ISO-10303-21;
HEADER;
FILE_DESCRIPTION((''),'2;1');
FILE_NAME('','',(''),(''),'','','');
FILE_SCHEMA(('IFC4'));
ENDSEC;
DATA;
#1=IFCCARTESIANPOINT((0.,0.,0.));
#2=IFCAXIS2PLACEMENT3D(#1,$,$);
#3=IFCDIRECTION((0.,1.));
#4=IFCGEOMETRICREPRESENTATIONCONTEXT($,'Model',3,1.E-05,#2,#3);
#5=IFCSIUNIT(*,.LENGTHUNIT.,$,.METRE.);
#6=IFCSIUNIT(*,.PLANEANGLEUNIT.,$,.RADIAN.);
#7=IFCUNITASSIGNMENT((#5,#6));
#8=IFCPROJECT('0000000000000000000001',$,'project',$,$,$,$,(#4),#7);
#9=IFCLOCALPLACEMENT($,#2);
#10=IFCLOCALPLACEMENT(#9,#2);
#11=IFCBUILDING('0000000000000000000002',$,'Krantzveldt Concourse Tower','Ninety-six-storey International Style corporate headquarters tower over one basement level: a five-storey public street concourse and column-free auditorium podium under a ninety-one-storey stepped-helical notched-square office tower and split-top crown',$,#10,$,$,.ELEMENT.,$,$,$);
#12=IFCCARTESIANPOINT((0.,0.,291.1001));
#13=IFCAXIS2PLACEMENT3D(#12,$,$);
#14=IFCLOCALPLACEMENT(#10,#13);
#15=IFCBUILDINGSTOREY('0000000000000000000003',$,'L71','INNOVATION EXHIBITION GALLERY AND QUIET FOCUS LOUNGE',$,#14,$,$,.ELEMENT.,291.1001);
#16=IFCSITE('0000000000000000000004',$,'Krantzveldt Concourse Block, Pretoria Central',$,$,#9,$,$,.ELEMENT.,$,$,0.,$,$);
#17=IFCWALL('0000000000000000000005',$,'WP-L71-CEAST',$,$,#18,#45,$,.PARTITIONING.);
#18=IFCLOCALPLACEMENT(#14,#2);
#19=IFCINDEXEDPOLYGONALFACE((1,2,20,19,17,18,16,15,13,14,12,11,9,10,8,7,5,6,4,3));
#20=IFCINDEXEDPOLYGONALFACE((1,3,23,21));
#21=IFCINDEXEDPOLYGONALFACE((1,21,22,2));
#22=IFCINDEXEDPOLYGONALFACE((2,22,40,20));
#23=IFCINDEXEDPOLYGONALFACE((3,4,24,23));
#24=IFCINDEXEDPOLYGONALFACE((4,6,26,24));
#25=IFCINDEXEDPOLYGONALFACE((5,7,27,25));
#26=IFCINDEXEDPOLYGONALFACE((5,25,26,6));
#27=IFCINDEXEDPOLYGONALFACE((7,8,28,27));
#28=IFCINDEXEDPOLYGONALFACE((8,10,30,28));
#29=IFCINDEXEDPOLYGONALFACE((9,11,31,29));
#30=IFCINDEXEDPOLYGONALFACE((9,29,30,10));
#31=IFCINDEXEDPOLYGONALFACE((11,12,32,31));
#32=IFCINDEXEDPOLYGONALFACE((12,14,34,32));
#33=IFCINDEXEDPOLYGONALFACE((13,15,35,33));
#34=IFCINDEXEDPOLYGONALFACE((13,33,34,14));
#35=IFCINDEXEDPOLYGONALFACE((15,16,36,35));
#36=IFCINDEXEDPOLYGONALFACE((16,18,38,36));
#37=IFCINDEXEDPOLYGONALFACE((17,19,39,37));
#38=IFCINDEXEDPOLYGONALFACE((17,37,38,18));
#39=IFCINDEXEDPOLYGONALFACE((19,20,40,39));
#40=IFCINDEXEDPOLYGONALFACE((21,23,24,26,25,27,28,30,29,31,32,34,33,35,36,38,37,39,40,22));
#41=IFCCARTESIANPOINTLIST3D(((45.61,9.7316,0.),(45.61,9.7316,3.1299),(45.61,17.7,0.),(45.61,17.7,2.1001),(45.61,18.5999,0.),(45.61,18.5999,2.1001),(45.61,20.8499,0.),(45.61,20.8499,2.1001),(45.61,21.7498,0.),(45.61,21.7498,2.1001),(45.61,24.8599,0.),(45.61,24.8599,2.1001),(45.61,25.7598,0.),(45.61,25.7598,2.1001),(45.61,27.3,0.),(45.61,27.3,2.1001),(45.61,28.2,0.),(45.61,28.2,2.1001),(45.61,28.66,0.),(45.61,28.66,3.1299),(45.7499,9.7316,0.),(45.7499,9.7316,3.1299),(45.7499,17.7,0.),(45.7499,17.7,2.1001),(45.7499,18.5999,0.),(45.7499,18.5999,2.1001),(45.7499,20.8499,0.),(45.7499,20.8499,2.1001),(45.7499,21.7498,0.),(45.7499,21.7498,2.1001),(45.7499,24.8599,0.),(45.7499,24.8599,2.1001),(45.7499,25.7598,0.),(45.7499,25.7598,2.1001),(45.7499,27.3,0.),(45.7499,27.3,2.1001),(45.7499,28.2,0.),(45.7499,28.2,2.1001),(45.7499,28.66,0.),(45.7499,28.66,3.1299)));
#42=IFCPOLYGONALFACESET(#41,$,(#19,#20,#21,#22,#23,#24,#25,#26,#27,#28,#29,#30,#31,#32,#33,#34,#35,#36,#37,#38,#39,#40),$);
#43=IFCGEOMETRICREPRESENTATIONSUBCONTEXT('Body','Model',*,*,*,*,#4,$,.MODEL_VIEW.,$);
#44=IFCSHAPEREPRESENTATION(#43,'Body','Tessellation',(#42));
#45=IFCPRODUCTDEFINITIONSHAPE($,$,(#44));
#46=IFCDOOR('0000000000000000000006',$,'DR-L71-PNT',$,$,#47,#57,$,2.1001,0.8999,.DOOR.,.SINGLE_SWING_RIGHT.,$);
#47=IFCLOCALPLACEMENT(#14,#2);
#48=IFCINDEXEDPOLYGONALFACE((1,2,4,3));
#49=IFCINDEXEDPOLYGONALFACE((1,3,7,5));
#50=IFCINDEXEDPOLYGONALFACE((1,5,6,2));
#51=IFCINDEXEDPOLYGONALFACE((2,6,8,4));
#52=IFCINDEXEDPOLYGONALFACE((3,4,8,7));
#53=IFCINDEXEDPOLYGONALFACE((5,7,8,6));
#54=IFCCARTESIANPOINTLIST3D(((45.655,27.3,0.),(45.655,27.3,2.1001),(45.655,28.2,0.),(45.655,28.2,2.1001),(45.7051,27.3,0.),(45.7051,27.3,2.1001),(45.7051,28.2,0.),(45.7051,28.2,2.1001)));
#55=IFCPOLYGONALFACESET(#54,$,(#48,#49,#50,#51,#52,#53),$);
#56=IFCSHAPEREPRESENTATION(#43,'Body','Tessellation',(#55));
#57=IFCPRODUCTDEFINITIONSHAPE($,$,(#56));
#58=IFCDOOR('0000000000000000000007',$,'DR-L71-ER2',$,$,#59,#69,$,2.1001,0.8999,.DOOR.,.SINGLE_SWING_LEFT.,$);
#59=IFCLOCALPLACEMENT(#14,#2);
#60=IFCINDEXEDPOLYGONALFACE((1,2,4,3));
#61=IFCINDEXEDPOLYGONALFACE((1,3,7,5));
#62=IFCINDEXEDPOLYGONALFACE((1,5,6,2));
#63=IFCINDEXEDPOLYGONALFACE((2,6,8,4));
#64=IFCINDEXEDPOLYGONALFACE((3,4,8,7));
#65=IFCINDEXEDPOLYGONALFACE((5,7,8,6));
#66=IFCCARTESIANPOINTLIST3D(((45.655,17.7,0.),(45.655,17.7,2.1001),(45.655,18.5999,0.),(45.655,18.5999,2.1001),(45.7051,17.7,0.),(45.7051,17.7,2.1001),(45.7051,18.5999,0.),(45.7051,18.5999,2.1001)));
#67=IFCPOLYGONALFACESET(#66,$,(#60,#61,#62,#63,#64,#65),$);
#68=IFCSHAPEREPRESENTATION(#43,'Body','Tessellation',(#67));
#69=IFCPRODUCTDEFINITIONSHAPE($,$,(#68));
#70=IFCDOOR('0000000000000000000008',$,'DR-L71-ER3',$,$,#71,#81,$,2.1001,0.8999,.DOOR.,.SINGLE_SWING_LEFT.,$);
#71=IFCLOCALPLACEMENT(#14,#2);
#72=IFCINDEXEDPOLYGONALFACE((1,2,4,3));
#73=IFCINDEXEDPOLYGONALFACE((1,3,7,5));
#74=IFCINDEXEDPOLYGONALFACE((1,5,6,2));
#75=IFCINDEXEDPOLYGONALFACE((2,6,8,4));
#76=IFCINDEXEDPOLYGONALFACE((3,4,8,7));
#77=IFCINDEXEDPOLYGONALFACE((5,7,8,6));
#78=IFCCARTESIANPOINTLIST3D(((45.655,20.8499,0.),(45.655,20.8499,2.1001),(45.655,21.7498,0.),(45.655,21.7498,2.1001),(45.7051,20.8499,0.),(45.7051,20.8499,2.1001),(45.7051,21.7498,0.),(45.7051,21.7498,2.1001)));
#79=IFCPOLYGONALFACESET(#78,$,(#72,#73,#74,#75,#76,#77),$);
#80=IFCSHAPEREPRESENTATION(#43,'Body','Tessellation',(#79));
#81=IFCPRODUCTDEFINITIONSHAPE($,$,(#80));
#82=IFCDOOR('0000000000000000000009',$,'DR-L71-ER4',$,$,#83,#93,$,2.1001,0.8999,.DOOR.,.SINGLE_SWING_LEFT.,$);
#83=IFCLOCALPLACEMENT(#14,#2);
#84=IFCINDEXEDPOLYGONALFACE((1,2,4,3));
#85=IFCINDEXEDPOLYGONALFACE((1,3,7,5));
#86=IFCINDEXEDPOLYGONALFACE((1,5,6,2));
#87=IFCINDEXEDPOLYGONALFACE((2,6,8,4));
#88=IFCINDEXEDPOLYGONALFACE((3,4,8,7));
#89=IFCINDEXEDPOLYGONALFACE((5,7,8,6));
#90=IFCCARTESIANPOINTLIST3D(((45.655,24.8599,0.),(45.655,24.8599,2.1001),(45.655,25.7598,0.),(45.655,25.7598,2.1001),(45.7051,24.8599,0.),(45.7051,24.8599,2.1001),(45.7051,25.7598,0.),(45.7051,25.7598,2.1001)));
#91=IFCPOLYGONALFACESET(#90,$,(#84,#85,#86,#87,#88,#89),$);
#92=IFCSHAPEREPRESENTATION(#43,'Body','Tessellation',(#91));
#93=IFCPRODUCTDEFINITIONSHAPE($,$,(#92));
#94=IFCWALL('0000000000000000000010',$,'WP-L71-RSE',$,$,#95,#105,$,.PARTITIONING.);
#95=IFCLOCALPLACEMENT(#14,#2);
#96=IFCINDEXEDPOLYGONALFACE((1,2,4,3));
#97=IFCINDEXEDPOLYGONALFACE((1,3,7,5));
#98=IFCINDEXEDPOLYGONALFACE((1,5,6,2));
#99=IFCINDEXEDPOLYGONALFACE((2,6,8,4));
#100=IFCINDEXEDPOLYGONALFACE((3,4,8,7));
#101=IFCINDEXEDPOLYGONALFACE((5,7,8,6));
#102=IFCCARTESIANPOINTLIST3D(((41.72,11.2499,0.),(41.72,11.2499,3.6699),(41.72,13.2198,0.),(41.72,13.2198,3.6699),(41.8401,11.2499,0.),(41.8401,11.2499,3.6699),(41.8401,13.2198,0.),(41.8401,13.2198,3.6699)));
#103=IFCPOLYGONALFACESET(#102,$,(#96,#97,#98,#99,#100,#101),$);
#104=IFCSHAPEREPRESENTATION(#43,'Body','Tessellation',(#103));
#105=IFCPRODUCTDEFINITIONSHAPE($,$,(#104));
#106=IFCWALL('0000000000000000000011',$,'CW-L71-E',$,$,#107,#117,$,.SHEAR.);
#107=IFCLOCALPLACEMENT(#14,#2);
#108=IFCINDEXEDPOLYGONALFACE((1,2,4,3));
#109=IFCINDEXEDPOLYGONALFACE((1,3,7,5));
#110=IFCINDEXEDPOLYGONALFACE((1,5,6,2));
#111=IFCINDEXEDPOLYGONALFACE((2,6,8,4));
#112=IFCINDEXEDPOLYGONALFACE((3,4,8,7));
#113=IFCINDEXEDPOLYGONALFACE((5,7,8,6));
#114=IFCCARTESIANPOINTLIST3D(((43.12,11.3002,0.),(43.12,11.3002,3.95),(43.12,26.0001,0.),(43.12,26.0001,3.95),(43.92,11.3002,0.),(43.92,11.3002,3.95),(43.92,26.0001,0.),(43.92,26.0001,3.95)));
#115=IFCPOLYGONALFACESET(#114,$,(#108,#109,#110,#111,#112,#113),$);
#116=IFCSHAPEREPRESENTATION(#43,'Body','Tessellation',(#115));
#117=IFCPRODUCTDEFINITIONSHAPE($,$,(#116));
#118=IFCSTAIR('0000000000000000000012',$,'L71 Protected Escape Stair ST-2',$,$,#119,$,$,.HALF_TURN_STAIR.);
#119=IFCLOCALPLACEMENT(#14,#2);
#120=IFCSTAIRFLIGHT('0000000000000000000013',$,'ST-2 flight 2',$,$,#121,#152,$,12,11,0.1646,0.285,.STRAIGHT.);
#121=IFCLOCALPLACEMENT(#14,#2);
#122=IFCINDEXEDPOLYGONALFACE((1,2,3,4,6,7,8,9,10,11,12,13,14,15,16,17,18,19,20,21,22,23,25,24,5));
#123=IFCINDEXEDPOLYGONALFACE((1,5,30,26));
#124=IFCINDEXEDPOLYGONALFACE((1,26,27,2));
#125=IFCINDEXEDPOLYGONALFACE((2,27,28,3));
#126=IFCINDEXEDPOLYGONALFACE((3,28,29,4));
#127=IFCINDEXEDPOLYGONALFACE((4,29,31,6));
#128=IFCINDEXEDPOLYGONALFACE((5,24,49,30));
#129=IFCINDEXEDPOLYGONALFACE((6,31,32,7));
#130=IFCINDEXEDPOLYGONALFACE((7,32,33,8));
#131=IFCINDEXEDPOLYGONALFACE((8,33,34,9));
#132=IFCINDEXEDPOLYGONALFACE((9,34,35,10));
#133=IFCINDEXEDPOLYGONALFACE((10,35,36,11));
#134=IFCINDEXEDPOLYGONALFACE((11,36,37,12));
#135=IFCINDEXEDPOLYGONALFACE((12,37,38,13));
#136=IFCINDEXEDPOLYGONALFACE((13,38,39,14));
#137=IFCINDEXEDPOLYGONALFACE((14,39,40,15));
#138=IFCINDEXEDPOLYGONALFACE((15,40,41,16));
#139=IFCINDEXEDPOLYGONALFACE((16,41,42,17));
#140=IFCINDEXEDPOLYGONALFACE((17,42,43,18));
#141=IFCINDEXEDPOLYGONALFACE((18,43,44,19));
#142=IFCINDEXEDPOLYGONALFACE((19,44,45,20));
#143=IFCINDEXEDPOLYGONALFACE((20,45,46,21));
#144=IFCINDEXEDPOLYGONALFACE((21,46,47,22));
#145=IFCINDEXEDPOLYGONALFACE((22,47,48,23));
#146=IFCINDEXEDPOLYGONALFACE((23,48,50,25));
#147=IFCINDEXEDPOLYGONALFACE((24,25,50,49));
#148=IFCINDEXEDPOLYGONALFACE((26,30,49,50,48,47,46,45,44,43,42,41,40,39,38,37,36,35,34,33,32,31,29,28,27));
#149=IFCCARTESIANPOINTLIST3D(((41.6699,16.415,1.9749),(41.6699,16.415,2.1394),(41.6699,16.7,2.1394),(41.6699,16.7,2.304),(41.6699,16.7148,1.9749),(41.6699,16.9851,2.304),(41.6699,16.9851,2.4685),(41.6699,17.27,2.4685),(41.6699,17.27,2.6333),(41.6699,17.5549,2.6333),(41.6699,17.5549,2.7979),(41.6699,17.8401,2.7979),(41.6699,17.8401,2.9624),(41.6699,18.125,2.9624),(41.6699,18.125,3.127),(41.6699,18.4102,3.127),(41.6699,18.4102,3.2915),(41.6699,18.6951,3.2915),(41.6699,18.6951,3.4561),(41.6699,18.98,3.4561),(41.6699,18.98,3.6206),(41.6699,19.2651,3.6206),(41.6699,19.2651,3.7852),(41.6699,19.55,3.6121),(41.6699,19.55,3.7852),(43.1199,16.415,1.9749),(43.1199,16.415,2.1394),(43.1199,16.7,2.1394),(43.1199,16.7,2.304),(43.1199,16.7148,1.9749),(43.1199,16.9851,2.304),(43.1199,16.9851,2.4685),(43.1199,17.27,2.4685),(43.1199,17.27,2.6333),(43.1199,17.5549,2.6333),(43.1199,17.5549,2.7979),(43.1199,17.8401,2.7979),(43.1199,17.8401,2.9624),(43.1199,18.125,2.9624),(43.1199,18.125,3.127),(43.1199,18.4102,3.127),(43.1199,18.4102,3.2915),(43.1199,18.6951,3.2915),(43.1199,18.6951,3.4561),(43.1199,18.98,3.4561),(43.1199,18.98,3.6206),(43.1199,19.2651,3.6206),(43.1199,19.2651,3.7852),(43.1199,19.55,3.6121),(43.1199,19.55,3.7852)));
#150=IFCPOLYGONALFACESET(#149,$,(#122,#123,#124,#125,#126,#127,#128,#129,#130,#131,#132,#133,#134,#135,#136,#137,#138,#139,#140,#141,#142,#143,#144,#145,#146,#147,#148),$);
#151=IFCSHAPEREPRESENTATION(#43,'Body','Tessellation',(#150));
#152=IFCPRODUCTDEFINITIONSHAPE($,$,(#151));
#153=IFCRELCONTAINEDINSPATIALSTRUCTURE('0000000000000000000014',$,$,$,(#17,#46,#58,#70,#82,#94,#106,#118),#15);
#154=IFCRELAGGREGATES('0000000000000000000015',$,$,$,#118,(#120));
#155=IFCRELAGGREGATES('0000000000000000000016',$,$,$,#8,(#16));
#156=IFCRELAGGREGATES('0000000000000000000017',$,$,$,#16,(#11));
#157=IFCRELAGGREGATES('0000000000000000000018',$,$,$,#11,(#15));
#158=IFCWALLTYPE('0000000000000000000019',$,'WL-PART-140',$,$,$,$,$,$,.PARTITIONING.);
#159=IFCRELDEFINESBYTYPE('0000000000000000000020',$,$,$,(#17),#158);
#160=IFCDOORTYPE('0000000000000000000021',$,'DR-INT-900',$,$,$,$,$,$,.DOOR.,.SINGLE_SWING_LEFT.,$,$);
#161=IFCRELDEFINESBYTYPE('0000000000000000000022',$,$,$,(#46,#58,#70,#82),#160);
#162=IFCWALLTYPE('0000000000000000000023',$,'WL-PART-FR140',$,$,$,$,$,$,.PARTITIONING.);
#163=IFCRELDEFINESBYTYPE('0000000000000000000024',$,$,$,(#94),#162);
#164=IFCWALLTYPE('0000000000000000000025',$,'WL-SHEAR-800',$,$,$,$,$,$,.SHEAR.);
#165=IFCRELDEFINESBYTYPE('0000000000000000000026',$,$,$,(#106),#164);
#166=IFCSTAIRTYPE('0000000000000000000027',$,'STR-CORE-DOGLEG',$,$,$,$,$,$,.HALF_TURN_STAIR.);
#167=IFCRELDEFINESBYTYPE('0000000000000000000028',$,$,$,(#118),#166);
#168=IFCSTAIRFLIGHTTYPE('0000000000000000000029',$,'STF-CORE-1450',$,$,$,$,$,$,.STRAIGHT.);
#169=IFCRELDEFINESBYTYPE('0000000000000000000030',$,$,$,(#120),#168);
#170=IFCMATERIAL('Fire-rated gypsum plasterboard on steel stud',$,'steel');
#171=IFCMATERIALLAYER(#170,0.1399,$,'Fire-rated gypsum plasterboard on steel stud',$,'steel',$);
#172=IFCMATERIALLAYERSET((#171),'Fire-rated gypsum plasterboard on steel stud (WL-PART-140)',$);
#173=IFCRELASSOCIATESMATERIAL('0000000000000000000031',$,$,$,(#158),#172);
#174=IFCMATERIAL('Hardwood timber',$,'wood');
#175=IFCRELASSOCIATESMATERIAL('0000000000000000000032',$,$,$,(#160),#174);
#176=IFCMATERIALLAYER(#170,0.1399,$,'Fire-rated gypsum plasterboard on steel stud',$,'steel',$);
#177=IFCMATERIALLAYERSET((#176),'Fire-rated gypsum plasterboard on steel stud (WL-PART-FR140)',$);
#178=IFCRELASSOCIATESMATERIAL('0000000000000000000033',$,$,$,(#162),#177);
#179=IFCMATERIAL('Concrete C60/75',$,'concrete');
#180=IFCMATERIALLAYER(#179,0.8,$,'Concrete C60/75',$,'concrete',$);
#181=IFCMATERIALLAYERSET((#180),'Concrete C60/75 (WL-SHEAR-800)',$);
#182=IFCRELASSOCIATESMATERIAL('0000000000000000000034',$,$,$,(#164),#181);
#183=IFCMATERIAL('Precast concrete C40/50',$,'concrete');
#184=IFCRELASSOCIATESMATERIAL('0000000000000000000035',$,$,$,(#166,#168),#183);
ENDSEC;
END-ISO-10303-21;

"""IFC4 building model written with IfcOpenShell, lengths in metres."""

from ifc_helpers import new_model, si_unit, direction, frame, frame_2d, origin, place, context, subcontext, project, spatial, polyline, rectangle, outline, extrude, material, layer, layer_set, type_object, element, fill, aggregate, save


model = new_model("IFC4")

# Units and contexts
model_context = context("Model", 3, precision=1e-05, world=origin(), true_north=direction((0.0, 1.0)))
body_context = subcontext(model_context, "Body", "Model", "MODEL_VIEW")
ifc_project = project(units=[si_unit("LENGTHUNIT", "METRE"), si_unit("PLANEANGLEUNIT", "RADIAN")], contexts=[model_context])

# Site, building, storey
site_placement = place(None, origin())
site = spatial("IfcSite", under=ifc_project, at=site_placement, Name="Krantzveldt Concourse Block, Pretoria Central", CompositionType="ELEMENT", RefElevation=0.0)
building_placement = place(site_placement, origin())
building = spatial("IfcBuilding", under=site, at=building_placement, Name="Krantzveldt Concourse Tower", Description="Ninety-six-storey International Style corporate headquarters tower over one basement level: a five-storey public street concourse and column-free auditorium podium under a ninety-one-storey stepped-helical notched-square office tower and split-top crown", CompositionType="ELEMENT")
storey_placement = place(building_placement, frame((0.0, 0.0, 291.1001)))
storey = spatial("IfcBuildingStorey", under=building, at=storey_placement, Name="L71", Description="INNOVATION EXHIBITION GALLERY AND QUIET FOCUS LOUNGE", CompositionType="ELEMENT", Elevation=291.1001)

# Shared definitions
ifc_material_1 = material(Name="Fire-rated gypsum plasterboard on steel stud", Category="steel")

# Wall, openings, doors
ifc_layer_1 = layer(ifc_material_1, 0.1399, Name="Fire-rated gypsum plasterboard on steel stud", Category="steel")
ifc_layer_set_1 = layer_set([ifc_layer_1], Name="Fire-rated gypsum plasterboard on steel stud (WL-PART-140)")
wall_type_1 = type_object("IfcWallType", Name="WL-PART-140", PredefinedType="PARTITIONING", material=ifc_layer_set_1)
wall_1_placement = place(storey_placement, frame((45.6799, 9.7314, 0.0), z_axis=(0.0, 0.0, 1.0), x_axis=(0.0, 1.0, 0.0)))
wall_1 = element("IfcWall", 1, at=wall_1_placement, inside=storey, type_object=wall_type_1, Name="WP-L71-CEAST", PredefinedType="PARTITIONING", context=body_context, shape_type="SweptSolid", body=[
    extrude(rectangle(XDim=18.9285, YDim=0.1399, at=frame_2d((9.4644, 0.0))), origin(), (0.0, 0.0, 1.0), 3.1299),
])
opening_1_placement = place(wall_1_placement, frame((17.5686, 0.0, 0.0)))
opening_1 = element("IfcOpeningElement", 2, at=opening_1_placement, cuts=wall_1, PredefinedType="OPENING", context=body_context, shape_type="SweptSolid", body=[
    extrude(rectangle(XDim=0.8999, YDim=2.1001, at=frame_2d((0.45, 1.05))), frame((0.0, 0.0801, 0.0), z_axis=(0.0, -1.0, 0.0), x_axis=(1.0, 0.0, 0.0)), (0.0, 0.0, 1.0), 0.1599),
])
opening_2_placement = place(wall_1_placement, frame((7.9685, 0.0, 0.0)))
opening_2 = element("IfcOpeningElement", 3, at=opening_2_placement, cuts=wall_1, PredefinedType="OPENING", context=body_context, shape_type="SweptSolid", body=[
    extrude(rectangle(XDim=0.8999, YDim=2.1001, at=frame_2d((0.45, 1.05))), frame((0.0, 0.0801, 0.0), z_axis=(0.0, -1.0, 0.0), x_axis=(1.0, 0.0, 0.0)), (0.0, 0.0, 1.0), 0.1599),
])
opening_3_placement = place(wall_1_placement, frame((11.1184, 0.0, 0.0)))
opening_3 = element("IfcOpeningElement", 4, at=opening_3_placement, cuts=wall_1, PredefinedType="OPENING", context=body_context, shape_type="SweptSolid", body=[
    extrude(rectangle(XDim=0.8999, YDim=2.1001, at=frame_2d((0.45, 1.05))), frame((0.0, 0.0801, 0.0), z_axis=(0.0, -1.0, 0.0), x_axis=(1.0, 0.0, 0.0)), (0.0, 0.0, 1.0), 0.1599),
])
opening_4_placement = place(wall_1_placement, frame((15.1284, 0.0, 0.0)))
opening_4 = element("IfcOpeningElement", 5, at=opening_4_placement, cuts=wall_1, PredefinedType="OPENING", context=body_context, shape_type="SweptSolid", body=[
    extrude(rectangle(XDim=0.8999, YDim=2.1001, at=frame_2d((0.45, 1.05))), frame((0.0, 0.0801, 0.0), z_axis=(0.0, -1.0, 0.0), x_axis=(1.0, 0.0, 0.0)), (0.0, 0.0, 1.0), 0.1599),
])
ifc_material_2 = material(Name="Hardwood timber", Category="wood")
door_type = type_object("IfcDoorType", Name="DR-INT-900", OperationType="SINGLE_SWING_LEFT", PredefinedType="DOOR", material=ifc_material_2)
door_1_placement = place(opening_1_placement, origin())
door_1 = element("IfcDoor", 6, at=door_1_placement, inside=storey, type_object=door_type, Name="DR-L71-PNT", OperationType="SINGLE_SWING_RIGHT", OverallHeight=2.1001, OverallWidth=0.8999, PredefinedType="DOOR", context=body_context, shape_type="SweptSolid", body=[
    extrude(rectangle(XDim=0.8999, YDim=2.1001, at=frame_2d((0.45, 1.05))), frame((0.0, 0.0249, 0.0), z_axis=(0.0, -1.0, 0.0), x_axis=(1.0, 0.0, 0.0)), (0.0, 0.0, 1.0), 0.05),
])
fill(opening_1, door_1)
door_2_placement = place(opening_2_placement, origin())
door_2 = element("IfcDoor", 7, at=door_2_placement, inside=storey, type_object=door_type, Name="DR-L71-ER2", OperationType="SINGLE_SWING_LEFT", OverallHeight=2.1001, OverallWidth=0.8999, PredefinedType="DOOR", context=body_context, shape_type="SweptSolid", body=[
    extrude(rectangle(XDim=0.8999, YDim=2.1001, at=frame_2d((0.45, 1.05))), frame((0.0, 0.0249, 0.0), z_axis=(0.0, -1.0, 0.0), x_axis=(1.0, 0.0, 0.0)), (0.0, 0.0, 1.0), 0.05),
])
fill(opening_2, door_2)
door_3_placement = place(opening_3_placement, origin())
door_3 = element("IfcDoor", 8, at=door_3_placement, inside=storey, type_object=door_type, Name="DR-L71-ER3", OperationType="SINGLE_SWING_LEFT", OverallHeight=2.1001, OverallWidth=0.8999, PredefinedType="DOOR", context=body_context, shape_type="SweptSolid", body=[
    extrude(rectangle(XDim=0.8999, YDim=2.1001, at=frame_2d((0.45, 1.05))), frame((0.0, 0.0249, 0.0), z_axis=(0.0, -1.0, 0.0), x_axis=(1.0, 0.0, 0.0)), (0.0, 0.0, 1.0), 0.05),
])
fill(opening_3, door_3)
door_4_placement = place(opening_4_placement, origin())
door_4 = element("IfcDoor", 9, at=door_4_placement, inside=storey, type_object=door_type, Name="DR-L71-ER4", OperationType="SINGLE_SWING_LEFT", OverallHeight=2.1001, OverallWidth=0.8999, PredefinedType="DOOR", context=body_context, shape_type="SweptSolid", body=[
    extrude(rectangle(XDim=0.8999, YDim=2.1001, at=frame_2d((0.45, 1.05))), frame((0.0, 0.0249, 0.0), z_axis=(0.0, -1.0, 0.0), x_axis=(1.0, 0.0, 0.0)), (0.0, 0.0, 1.0), 0.05),
])
fill(opening_4, door_4)

# Walls
ifc_layer_2 = layer(ifc_material_1, 0.1399, Name="Fire-rated gypsum plasterboard on steel stud", Category="steel")
ifc_layer_set_2 = layer_set([ifc_layer_2], Name="Fire-rated gypsum plasterboard on steel stud (WL-PART-FR140)")
wall_type_2 = type_object("IfcWallType", Name="WL-PART-FR140", PredefinedType="PARTITIONING", material=ifc_layer_set_2)
wall_2_placement = place(storey_placement, frame((41.78, 11.25, 0.0), z_axis=(0.0, 0.0, 1.0), x_axis=(0.0, 1.0, 0.0)))
element("IfcWall", 10, at=wall_2_placement, inside=storey, type_object=wall_type_2, Name="WP-L71-RSE", PredefinedType="PARTITIONING", context=body_context, shape_type="SweptSolid", body=[
    extrude(rectangle(XDim=1.97, YDim=0.1201, at=frame_2d((0.9849, 0.0))), origin(), (0.0, 0.0, 1.0), 3.6699),
])
ifc_material_3 = material(Name="Concrete C60/75", Category="concrete")
ifc_layer_3 = layer(ifc_material_3, 0.8, Name="Concrete C60/75", Category="concrete")
ifc_layer_set_3 = layer_set([ifc_layer_3], Name="Concrete C60/75 (WL-SHEAR-800)")
wall_type_3 = type_object("IfcWallType", Name="WL-SHEAR-800", PredefinedType="SHEAR", material=ifc_layer_set_3)
wall_3_placement = place(storey_placement, frame((43.52, 11.3, 0.0), z_axis=(0.0, 0.0, 1.0), x_axis=(0.0, 1.0, 0.0)))
element("IfcWall", 11, at=wall_3_placement, inside=storey, type_object=wall_type_3, Name="CW-L71-E", PredefinedType="SHEAR", context=body_context, shape_type="SweptSolid", body=[
    extrude(rectangle(XDim=14.7, YDim=0.8, at=frame_2d((7.3501, 0.0))), origin(), (0.0, 0.0, 1.0), 3.95),
])

# Stair, stair flight
ifc_material_4 = material(Name="Precast concrete C40/50", Category="concrete")
stair_type = type_object("IfcStairType", Name="STR-CORE-DOGLEG", PredefinedType="HALF_TURN_STAIR", material=ifc_material_4)
stair_placement = place(storey_placement, origin())
stair = element("IfcStair", 12, at=stair_placement, inside=storey, type_object=stair_type, Name="L71 Protected Escape Stair ST-2", PredefinedType="HALF_TURN_STAIR")
stair_flight_type = type_object("IfcStairFlightType", Name="STF-CORE-1450", PredefinedType="STRAIGHT", material=ifc_material_4)
stair_flight_placement = place(storey_placement, frame((42.395, 16.415, 1.9749), z_axis=(0.0, 0.0, 1.0), x_axis=(0.0, 1.0, 0.0)))
stair_flight = element("IfcStairFlight", 13, at=stair_flight_placement, type_object=stair_flight_type, Name="ST-2 flight 2", NumberOfRisers=12, NumberOfTreads=11, PredefinedType="STRAIGHT", RiserHeight=0.1646, TreadLength=0.285, context=body_context, shape_type="SweptSolid", body=[
    extrude(outline(polyline([(0.0, 0.0), (0.0, 0.1646), (0.2849, 0.1646), (0.2849, 0.3291), (0.5701, 0.3291), (0.5701, 0.4937), (0.855, 0.4937), (0.855, 0.6584), (1.1399, 0.6584), (1.1399, 0.823), (1.425, 0.823), (1.425, 0.9875), (1.71, 0.9875), (1.71, 1.1521), (1.9951, 1.1521), (1.9951, 1.3167), (2.28, 1.3167), (2.28, 1.4812), (2.5649, 1.4812), (2.5649, 1.6458), (2.8501, 1.6458), (2.8501, 1.8103), (3.135, 1.8103), (3.135, 1.9751), (3.135, 1.6372), (0.2998, 0.0), (0.0, 0.0)])), frame((0.0, 0.7251, 0.0), z_axis=(0.0, -1.0, 0.0), x_axis=(1.0, 0.0, 0.0)), (0.0, 0.0, 1.0), 1.45),
])
aggregate(stair, [stair_flight])

save(model, "model.ifc")
